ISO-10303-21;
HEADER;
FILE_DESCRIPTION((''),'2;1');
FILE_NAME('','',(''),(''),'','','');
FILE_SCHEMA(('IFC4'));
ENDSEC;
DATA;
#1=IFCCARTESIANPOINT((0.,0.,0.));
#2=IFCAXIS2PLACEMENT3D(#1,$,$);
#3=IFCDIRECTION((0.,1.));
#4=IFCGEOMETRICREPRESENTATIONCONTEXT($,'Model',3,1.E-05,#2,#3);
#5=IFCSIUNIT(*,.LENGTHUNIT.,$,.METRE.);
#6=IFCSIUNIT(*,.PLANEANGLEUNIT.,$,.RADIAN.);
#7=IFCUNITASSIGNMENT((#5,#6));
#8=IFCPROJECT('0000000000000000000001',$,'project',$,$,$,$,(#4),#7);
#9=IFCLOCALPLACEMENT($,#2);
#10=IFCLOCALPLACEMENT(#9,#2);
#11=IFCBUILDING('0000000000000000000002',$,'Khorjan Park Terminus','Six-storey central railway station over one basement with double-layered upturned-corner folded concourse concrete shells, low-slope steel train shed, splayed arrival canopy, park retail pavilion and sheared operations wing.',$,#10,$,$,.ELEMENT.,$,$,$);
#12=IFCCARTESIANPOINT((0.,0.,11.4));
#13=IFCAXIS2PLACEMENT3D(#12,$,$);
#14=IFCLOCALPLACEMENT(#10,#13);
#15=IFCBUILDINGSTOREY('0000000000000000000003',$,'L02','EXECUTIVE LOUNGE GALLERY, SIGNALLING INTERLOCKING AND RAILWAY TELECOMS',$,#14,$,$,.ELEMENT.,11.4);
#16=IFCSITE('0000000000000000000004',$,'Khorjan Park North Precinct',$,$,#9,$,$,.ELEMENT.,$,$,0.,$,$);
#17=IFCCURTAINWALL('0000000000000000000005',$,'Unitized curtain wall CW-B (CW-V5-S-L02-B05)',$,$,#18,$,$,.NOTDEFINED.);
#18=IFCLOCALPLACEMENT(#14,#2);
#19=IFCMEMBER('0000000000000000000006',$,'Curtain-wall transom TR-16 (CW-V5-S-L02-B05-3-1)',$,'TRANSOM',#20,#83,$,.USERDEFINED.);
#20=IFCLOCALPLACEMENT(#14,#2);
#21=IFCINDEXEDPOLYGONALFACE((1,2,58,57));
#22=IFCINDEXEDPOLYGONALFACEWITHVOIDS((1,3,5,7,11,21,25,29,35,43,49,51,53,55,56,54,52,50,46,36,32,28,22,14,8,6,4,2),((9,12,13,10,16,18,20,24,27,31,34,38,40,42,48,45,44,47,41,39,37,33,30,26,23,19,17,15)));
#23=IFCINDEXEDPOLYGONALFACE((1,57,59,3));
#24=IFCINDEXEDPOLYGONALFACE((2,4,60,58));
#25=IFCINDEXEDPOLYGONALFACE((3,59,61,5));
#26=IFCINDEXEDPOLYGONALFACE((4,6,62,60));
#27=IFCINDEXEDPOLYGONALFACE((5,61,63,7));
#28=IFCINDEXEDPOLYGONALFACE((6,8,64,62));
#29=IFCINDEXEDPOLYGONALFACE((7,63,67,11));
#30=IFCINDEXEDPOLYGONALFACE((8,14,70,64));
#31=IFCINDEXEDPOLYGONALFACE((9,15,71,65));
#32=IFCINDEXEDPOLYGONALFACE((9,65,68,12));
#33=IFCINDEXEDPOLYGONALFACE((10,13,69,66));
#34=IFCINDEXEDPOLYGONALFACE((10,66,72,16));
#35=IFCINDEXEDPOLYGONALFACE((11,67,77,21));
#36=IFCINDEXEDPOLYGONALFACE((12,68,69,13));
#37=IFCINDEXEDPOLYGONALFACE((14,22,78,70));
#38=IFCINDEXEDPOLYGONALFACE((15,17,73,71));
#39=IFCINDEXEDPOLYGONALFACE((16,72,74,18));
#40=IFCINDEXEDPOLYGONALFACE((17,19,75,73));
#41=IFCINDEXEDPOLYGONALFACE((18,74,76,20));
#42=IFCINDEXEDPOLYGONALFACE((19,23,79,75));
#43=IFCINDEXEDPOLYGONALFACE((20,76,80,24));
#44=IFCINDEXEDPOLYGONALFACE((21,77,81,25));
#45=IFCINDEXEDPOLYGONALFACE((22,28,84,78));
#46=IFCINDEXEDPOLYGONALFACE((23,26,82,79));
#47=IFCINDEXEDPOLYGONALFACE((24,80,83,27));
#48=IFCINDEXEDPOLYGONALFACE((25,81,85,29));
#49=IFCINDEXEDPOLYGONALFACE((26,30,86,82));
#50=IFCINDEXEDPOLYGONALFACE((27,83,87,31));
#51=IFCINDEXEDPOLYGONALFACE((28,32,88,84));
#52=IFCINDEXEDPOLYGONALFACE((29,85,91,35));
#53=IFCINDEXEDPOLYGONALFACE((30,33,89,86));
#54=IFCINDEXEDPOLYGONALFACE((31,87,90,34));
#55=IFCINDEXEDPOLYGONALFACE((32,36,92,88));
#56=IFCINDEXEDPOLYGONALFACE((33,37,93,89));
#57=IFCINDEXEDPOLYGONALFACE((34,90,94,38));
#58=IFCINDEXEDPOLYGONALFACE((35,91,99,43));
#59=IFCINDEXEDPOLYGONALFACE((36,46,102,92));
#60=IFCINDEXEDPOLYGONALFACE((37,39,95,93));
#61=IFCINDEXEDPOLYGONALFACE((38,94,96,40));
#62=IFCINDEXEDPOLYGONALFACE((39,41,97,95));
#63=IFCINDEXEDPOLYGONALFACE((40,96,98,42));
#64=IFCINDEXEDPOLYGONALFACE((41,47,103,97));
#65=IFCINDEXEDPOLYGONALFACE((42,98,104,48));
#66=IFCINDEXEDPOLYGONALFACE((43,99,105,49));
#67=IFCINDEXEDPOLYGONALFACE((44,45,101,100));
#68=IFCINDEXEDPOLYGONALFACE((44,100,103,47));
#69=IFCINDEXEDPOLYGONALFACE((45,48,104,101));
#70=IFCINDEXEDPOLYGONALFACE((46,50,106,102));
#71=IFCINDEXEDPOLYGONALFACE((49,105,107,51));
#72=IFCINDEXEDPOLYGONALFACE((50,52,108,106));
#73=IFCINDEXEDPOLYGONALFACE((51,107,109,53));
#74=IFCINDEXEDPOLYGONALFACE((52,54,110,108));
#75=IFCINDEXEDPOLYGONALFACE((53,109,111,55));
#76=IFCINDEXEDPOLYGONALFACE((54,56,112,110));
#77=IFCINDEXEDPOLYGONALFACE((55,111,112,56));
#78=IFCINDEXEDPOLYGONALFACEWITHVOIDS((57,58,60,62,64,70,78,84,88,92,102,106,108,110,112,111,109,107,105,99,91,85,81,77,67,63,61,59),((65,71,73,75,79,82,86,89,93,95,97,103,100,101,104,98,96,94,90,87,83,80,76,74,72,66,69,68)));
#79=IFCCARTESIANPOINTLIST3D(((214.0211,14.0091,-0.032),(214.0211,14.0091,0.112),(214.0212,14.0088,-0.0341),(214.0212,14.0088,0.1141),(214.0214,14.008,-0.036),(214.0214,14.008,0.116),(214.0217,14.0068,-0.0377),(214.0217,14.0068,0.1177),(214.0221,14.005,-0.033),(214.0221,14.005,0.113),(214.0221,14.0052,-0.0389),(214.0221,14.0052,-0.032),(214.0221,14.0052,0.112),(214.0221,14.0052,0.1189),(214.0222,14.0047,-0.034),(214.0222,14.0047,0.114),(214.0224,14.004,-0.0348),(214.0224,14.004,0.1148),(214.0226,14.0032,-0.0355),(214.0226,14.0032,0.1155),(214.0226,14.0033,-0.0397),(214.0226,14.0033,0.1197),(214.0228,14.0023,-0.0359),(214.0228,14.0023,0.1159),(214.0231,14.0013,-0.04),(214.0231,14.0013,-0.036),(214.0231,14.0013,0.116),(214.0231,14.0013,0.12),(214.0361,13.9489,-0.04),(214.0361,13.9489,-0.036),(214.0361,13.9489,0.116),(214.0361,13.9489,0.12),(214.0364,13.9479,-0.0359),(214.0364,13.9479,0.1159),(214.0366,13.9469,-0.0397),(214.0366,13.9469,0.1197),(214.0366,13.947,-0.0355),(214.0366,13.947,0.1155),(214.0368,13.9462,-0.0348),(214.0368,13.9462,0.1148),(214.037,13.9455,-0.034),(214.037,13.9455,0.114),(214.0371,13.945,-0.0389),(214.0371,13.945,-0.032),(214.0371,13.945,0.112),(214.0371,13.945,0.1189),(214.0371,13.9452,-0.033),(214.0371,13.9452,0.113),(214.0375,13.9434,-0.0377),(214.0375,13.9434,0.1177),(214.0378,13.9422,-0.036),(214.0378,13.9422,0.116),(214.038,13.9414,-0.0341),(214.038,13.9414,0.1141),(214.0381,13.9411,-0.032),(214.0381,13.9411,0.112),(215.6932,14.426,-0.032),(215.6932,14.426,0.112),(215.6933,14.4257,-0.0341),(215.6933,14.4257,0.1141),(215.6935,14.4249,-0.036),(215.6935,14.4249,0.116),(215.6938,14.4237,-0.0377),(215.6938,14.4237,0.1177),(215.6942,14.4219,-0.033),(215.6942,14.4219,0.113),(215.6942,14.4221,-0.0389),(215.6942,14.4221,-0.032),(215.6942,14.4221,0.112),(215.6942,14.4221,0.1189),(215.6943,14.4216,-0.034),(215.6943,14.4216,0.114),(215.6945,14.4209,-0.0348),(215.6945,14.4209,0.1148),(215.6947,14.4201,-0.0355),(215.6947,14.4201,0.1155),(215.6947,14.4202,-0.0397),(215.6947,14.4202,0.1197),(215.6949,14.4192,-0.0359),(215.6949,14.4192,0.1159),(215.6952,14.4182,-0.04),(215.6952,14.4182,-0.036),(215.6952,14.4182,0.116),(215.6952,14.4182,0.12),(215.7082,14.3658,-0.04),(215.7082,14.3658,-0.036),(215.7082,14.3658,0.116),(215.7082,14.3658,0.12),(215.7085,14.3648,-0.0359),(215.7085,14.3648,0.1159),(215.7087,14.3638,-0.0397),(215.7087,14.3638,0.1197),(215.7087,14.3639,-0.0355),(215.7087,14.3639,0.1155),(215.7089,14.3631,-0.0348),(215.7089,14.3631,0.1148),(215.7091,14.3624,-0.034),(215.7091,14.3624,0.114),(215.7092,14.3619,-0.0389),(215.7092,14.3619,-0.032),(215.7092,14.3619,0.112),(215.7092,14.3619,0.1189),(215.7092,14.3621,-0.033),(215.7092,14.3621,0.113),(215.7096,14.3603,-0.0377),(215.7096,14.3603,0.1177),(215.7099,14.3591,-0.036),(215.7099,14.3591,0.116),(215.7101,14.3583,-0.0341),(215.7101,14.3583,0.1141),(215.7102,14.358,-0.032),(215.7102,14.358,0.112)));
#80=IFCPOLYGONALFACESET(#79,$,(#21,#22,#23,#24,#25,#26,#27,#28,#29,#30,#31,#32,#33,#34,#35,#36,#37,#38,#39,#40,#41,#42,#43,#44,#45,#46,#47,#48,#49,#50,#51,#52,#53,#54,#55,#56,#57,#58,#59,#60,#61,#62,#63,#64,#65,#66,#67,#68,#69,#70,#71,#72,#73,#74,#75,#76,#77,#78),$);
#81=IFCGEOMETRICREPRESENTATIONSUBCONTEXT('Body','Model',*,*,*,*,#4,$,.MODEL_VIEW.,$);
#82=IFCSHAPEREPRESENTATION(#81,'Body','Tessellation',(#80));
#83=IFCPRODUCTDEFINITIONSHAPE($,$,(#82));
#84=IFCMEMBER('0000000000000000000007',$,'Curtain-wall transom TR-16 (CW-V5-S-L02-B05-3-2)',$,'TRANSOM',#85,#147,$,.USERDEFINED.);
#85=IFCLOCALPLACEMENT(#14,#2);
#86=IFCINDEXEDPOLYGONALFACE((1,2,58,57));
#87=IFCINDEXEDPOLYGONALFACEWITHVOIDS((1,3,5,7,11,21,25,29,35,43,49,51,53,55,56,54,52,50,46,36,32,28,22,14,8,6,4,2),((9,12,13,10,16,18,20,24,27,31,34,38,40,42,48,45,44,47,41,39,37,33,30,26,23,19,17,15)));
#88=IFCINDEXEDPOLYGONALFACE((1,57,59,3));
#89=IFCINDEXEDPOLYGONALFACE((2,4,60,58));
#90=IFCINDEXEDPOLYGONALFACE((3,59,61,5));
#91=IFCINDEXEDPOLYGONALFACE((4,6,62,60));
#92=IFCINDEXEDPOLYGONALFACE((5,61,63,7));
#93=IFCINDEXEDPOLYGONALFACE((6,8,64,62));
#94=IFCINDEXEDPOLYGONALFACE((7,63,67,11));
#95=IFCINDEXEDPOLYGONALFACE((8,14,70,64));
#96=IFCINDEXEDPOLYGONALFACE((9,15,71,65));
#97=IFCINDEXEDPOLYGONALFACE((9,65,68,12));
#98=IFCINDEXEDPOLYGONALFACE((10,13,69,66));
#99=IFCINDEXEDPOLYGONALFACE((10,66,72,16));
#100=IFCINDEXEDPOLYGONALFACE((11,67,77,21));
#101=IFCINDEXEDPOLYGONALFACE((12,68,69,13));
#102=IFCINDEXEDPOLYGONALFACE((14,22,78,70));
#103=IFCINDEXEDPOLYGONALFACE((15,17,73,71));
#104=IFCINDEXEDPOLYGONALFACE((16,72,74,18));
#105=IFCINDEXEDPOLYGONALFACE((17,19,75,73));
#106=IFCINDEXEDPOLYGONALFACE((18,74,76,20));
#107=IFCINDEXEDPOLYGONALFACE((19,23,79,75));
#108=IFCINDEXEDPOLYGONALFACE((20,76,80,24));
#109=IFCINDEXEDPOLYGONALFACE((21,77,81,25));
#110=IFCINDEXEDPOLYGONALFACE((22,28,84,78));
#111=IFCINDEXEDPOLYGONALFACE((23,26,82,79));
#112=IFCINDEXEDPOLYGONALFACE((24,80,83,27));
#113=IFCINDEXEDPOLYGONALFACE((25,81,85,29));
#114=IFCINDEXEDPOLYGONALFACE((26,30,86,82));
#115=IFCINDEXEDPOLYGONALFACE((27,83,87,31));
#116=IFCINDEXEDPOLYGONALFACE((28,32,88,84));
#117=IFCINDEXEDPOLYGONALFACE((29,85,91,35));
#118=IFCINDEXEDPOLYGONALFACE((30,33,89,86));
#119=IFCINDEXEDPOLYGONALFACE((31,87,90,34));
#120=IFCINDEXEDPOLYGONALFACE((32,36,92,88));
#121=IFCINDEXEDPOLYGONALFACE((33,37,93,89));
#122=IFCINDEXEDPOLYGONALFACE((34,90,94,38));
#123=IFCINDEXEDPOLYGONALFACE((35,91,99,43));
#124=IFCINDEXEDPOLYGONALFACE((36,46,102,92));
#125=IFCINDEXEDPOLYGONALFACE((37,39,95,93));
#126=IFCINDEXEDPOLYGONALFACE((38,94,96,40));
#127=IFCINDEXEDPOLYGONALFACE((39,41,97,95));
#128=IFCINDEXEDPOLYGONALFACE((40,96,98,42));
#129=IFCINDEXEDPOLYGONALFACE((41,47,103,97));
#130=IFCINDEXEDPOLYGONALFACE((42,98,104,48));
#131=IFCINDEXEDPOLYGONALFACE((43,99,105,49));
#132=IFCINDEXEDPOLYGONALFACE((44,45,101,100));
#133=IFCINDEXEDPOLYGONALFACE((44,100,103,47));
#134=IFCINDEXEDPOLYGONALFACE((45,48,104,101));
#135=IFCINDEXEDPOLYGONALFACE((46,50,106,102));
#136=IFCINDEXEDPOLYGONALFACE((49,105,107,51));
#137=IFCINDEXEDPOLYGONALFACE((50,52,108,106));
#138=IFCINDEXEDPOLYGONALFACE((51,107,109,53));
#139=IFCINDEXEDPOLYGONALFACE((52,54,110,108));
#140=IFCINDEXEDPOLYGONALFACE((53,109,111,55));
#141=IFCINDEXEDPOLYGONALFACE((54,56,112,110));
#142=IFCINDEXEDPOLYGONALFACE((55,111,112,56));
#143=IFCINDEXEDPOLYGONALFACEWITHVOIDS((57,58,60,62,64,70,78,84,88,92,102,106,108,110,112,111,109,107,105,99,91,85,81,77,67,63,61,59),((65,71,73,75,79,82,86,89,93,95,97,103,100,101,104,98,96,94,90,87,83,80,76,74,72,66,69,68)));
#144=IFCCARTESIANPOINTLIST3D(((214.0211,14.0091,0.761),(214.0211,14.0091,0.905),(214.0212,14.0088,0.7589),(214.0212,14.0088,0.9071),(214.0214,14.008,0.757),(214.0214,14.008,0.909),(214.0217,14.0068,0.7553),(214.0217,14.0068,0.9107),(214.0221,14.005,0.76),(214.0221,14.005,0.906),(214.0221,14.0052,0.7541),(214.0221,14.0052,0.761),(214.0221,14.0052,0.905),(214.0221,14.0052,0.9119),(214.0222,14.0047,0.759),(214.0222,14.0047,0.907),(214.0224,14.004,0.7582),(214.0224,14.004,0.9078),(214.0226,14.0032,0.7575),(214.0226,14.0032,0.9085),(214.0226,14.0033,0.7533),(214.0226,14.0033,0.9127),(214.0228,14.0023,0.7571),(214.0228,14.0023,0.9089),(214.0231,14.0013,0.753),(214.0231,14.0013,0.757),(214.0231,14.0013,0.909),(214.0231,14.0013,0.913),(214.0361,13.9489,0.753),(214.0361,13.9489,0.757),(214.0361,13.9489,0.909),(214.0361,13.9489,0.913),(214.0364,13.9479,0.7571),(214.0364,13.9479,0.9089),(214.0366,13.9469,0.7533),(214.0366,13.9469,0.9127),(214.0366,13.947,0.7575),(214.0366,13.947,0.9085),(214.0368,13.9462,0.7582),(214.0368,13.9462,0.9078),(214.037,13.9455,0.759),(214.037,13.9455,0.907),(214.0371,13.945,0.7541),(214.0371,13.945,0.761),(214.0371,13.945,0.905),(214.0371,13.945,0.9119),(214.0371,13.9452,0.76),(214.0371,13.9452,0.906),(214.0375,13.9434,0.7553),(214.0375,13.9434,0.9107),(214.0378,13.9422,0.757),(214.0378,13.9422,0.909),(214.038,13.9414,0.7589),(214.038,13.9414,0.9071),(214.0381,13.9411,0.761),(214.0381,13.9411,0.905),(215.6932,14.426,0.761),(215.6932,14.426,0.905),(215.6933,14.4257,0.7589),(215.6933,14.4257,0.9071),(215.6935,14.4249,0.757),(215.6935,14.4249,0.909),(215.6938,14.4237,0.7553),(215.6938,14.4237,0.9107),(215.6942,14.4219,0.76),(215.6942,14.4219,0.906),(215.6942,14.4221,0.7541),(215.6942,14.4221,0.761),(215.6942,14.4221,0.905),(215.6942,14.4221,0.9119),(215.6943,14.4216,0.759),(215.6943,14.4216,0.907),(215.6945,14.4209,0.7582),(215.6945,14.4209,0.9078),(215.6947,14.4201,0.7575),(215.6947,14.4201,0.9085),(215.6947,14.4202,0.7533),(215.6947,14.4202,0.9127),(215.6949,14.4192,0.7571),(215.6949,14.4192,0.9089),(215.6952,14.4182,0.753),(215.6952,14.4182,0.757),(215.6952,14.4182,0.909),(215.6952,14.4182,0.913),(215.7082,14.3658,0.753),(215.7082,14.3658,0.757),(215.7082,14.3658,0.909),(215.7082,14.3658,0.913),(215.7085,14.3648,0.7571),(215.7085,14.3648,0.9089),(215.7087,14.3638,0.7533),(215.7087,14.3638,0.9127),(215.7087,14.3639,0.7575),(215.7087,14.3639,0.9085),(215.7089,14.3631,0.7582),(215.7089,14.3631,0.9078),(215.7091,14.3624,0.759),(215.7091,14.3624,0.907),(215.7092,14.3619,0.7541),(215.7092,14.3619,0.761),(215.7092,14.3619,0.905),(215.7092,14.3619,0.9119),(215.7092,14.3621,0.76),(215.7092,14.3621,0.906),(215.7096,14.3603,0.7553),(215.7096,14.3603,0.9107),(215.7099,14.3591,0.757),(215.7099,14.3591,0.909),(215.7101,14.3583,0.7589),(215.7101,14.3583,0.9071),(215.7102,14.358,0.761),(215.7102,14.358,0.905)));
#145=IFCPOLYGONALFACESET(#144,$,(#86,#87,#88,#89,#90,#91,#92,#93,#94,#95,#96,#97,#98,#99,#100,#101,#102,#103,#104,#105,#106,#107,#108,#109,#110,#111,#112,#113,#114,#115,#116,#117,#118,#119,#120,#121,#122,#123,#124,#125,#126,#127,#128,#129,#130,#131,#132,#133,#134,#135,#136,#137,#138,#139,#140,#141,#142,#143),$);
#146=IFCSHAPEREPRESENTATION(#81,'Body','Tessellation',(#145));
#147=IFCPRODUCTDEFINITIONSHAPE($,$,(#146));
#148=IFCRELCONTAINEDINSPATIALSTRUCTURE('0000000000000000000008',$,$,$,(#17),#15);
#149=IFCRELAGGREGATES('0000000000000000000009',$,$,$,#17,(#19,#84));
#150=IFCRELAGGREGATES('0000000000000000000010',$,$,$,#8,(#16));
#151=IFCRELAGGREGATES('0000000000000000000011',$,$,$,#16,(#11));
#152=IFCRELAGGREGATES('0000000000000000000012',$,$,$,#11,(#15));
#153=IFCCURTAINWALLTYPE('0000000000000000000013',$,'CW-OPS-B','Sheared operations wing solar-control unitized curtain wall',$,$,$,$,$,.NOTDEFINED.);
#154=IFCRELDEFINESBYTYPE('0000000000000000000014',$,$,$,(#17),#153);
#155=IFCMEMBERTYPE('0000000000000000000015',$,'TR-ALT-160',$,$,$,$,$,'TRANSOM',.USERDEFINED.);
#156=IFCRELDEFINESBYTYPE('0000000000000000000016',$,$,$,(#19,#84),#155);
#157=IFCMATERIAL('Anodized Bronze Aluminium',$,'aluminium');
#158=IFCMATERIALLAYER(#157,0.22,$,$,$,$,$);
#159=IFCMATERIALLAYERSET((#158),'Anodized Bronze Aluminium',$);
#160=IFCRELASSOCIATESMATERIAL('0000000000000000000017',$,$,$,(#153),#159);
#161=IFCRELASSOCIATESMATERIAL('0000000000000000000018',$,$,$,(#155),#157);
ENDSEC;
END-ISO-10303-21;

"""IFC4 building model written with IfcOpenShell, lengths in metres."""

from ifc_helpers import new_model, si_unit, direction, frame, origin, origin_2d, place, context, subcontext, project, spatial, hollow_rectangle, extrude, material, layer, layer_set, material_profile, profile_set, type_object, element, aggregate, save


model = new_model("IFC4")

# Units and contexts
model_context = context("Model", 3, precision=1e-05, world=origin(), true_north=direction((0.0, 1.0)))
body_context = subcontext(model_context, "Body", "Model", "MODEL_VIEW")
ifc_project = project(units=[si_unit("LENGTHUNIT", "METRE"), si_unit("PLANEANGLEUNIT", "RADIAN")], contexts=[model_context])

# Site, building, storey
site_placement = place(None, origin())
site = spatial("IfcSite", under=ifc_project, at=site_placement, Name="Khorjan Park North Precinct", CompositionType="ELEMENT", RefElevation=0.0)
building_placement = place(site_placement, origin())
building = spatial("IfcBuilding", under=site, at=building_placement, Name="Khorjan Park Terminus", Description="Six-storey central railway station over one basement with double-layered upturned-corner folded concourse concrete shells, low-slope steel train shed, splayed arrival canopy, park retail pavilion and sheared operations wing.", CompositionType="ELEMENT")
storey_placement = place(building_placement, frame((0.0, 0.0, 11.4)))
storey = spatial("IfcBuildingStorey", under=building, at=storey_placement, Name="L02", Description="EXECUTIVE LOUNGE GALLERY, SIGNALLING INTERLOCKING AND RAILWAY TELECOMS", CompositionType="ELEMENT", Elevation=11.4)

# Curtain wall, members
ifc_material_1 = material(Name="Anodized Bronze Aluminium", Category="aluminium")
ifc_layer_1 = layer(ifc_material_1, 0.22)
ifc_layer_set_1 = layer_set([ifc_layer_1], Name="Anodized Bronze Aluminium")
curtain_wall_type = type_object("IfcCurtainWallType", Name="CW-OPS-B", Description="Sheared operations wing solar-control unitized curtain wall", PredefinedType="NOTDEFINED", material=ifc_layer_set_1)
curtain_wall_placement = place(storey_placement, origin())
curtain_wall = element("IfcCurtainWall", 1, at=curtain_wall_placement, inside=storey, type_object=curtain_wall_type, Name="Unitized curtain wall CW-B (CW-V5-S-L02-B05)", PredefinedType="NOTDEFINED")
ifc_material_profile_1 = material_profile(ifc_material_1, hollow_rectangle(XDim=0.07, YDim=0.16, WallThickness=0.004, InnerFilletRadius=0.004, OuterFilletRadius=0.008, at=origin_2d()), Name="ALT 70x160x4")
ifc_profile_set_1 = profile_set([ifc_material_profile_1], Name="Anodized Bronze Aluminium")
member_type_1 = type_object("IfcMemberType", Name="TR-ALT-160", ElementType="TRANSOM", PredefinedType="USERDEFINED", material=ifc_profile_set_1)
member_1_placement = place(storey_placement, frame((214.0296, 13.9751, 0.04), z_axis=(0.970296, 0.241921, 0.0), x_axis=(-0.241921, 0.970296, 0.0)))
member_1 = element("IfcMember", 2, at=member_1_placement, type_object=member_type_1, Name="Curtain-wall transom TR-16 (CW-V5-S-L02-B05-3-1)", ObjectType="TRANSOM", PredefinedType="USERDEFINED", context=body_context, shape_type="SweptSolid", body=[
    extrude(hollow_rectangle(XDim=0.07, YDim=0.16, WallThickness=0.004, InnerFilletRadius=0.004, OuterFilletRadius=0.008, at=origin_2d()), origin(), (0.0, 0.0, 1.0), 1.7233),
])
member_2_placement = place(storey_placement, frame((214.0296, 13.9751, 0.833), z_axis=(0.970296, 0.241921, 0.0), x_axis=(-0.241921, 0.970296, 0.0)))
member_2 = element("IfcMember", 3, at=member_2_placement, type_object=member_type_1, Name="Curtain-wall transom TR-16 (CW-V5-S-L02-B05-3-2)", ObjectType="TRANSOM", PredefinedType="USERDEFINED", context=body_context, shape_type="SweptSolid", body=[
    extrude(hollow_rectangle(XDim=0.07, YDim=0.16, WallThickness=0.004, InnerFilletRadius=0.004, OuterFilletRadius=0.008, at=origin_2d()), origin(), (0.0, 0.0, 1.0), 1.7233),
])
aggregate(curtain_wall, [member_1, member_2])

save(model, "model.ifc")
